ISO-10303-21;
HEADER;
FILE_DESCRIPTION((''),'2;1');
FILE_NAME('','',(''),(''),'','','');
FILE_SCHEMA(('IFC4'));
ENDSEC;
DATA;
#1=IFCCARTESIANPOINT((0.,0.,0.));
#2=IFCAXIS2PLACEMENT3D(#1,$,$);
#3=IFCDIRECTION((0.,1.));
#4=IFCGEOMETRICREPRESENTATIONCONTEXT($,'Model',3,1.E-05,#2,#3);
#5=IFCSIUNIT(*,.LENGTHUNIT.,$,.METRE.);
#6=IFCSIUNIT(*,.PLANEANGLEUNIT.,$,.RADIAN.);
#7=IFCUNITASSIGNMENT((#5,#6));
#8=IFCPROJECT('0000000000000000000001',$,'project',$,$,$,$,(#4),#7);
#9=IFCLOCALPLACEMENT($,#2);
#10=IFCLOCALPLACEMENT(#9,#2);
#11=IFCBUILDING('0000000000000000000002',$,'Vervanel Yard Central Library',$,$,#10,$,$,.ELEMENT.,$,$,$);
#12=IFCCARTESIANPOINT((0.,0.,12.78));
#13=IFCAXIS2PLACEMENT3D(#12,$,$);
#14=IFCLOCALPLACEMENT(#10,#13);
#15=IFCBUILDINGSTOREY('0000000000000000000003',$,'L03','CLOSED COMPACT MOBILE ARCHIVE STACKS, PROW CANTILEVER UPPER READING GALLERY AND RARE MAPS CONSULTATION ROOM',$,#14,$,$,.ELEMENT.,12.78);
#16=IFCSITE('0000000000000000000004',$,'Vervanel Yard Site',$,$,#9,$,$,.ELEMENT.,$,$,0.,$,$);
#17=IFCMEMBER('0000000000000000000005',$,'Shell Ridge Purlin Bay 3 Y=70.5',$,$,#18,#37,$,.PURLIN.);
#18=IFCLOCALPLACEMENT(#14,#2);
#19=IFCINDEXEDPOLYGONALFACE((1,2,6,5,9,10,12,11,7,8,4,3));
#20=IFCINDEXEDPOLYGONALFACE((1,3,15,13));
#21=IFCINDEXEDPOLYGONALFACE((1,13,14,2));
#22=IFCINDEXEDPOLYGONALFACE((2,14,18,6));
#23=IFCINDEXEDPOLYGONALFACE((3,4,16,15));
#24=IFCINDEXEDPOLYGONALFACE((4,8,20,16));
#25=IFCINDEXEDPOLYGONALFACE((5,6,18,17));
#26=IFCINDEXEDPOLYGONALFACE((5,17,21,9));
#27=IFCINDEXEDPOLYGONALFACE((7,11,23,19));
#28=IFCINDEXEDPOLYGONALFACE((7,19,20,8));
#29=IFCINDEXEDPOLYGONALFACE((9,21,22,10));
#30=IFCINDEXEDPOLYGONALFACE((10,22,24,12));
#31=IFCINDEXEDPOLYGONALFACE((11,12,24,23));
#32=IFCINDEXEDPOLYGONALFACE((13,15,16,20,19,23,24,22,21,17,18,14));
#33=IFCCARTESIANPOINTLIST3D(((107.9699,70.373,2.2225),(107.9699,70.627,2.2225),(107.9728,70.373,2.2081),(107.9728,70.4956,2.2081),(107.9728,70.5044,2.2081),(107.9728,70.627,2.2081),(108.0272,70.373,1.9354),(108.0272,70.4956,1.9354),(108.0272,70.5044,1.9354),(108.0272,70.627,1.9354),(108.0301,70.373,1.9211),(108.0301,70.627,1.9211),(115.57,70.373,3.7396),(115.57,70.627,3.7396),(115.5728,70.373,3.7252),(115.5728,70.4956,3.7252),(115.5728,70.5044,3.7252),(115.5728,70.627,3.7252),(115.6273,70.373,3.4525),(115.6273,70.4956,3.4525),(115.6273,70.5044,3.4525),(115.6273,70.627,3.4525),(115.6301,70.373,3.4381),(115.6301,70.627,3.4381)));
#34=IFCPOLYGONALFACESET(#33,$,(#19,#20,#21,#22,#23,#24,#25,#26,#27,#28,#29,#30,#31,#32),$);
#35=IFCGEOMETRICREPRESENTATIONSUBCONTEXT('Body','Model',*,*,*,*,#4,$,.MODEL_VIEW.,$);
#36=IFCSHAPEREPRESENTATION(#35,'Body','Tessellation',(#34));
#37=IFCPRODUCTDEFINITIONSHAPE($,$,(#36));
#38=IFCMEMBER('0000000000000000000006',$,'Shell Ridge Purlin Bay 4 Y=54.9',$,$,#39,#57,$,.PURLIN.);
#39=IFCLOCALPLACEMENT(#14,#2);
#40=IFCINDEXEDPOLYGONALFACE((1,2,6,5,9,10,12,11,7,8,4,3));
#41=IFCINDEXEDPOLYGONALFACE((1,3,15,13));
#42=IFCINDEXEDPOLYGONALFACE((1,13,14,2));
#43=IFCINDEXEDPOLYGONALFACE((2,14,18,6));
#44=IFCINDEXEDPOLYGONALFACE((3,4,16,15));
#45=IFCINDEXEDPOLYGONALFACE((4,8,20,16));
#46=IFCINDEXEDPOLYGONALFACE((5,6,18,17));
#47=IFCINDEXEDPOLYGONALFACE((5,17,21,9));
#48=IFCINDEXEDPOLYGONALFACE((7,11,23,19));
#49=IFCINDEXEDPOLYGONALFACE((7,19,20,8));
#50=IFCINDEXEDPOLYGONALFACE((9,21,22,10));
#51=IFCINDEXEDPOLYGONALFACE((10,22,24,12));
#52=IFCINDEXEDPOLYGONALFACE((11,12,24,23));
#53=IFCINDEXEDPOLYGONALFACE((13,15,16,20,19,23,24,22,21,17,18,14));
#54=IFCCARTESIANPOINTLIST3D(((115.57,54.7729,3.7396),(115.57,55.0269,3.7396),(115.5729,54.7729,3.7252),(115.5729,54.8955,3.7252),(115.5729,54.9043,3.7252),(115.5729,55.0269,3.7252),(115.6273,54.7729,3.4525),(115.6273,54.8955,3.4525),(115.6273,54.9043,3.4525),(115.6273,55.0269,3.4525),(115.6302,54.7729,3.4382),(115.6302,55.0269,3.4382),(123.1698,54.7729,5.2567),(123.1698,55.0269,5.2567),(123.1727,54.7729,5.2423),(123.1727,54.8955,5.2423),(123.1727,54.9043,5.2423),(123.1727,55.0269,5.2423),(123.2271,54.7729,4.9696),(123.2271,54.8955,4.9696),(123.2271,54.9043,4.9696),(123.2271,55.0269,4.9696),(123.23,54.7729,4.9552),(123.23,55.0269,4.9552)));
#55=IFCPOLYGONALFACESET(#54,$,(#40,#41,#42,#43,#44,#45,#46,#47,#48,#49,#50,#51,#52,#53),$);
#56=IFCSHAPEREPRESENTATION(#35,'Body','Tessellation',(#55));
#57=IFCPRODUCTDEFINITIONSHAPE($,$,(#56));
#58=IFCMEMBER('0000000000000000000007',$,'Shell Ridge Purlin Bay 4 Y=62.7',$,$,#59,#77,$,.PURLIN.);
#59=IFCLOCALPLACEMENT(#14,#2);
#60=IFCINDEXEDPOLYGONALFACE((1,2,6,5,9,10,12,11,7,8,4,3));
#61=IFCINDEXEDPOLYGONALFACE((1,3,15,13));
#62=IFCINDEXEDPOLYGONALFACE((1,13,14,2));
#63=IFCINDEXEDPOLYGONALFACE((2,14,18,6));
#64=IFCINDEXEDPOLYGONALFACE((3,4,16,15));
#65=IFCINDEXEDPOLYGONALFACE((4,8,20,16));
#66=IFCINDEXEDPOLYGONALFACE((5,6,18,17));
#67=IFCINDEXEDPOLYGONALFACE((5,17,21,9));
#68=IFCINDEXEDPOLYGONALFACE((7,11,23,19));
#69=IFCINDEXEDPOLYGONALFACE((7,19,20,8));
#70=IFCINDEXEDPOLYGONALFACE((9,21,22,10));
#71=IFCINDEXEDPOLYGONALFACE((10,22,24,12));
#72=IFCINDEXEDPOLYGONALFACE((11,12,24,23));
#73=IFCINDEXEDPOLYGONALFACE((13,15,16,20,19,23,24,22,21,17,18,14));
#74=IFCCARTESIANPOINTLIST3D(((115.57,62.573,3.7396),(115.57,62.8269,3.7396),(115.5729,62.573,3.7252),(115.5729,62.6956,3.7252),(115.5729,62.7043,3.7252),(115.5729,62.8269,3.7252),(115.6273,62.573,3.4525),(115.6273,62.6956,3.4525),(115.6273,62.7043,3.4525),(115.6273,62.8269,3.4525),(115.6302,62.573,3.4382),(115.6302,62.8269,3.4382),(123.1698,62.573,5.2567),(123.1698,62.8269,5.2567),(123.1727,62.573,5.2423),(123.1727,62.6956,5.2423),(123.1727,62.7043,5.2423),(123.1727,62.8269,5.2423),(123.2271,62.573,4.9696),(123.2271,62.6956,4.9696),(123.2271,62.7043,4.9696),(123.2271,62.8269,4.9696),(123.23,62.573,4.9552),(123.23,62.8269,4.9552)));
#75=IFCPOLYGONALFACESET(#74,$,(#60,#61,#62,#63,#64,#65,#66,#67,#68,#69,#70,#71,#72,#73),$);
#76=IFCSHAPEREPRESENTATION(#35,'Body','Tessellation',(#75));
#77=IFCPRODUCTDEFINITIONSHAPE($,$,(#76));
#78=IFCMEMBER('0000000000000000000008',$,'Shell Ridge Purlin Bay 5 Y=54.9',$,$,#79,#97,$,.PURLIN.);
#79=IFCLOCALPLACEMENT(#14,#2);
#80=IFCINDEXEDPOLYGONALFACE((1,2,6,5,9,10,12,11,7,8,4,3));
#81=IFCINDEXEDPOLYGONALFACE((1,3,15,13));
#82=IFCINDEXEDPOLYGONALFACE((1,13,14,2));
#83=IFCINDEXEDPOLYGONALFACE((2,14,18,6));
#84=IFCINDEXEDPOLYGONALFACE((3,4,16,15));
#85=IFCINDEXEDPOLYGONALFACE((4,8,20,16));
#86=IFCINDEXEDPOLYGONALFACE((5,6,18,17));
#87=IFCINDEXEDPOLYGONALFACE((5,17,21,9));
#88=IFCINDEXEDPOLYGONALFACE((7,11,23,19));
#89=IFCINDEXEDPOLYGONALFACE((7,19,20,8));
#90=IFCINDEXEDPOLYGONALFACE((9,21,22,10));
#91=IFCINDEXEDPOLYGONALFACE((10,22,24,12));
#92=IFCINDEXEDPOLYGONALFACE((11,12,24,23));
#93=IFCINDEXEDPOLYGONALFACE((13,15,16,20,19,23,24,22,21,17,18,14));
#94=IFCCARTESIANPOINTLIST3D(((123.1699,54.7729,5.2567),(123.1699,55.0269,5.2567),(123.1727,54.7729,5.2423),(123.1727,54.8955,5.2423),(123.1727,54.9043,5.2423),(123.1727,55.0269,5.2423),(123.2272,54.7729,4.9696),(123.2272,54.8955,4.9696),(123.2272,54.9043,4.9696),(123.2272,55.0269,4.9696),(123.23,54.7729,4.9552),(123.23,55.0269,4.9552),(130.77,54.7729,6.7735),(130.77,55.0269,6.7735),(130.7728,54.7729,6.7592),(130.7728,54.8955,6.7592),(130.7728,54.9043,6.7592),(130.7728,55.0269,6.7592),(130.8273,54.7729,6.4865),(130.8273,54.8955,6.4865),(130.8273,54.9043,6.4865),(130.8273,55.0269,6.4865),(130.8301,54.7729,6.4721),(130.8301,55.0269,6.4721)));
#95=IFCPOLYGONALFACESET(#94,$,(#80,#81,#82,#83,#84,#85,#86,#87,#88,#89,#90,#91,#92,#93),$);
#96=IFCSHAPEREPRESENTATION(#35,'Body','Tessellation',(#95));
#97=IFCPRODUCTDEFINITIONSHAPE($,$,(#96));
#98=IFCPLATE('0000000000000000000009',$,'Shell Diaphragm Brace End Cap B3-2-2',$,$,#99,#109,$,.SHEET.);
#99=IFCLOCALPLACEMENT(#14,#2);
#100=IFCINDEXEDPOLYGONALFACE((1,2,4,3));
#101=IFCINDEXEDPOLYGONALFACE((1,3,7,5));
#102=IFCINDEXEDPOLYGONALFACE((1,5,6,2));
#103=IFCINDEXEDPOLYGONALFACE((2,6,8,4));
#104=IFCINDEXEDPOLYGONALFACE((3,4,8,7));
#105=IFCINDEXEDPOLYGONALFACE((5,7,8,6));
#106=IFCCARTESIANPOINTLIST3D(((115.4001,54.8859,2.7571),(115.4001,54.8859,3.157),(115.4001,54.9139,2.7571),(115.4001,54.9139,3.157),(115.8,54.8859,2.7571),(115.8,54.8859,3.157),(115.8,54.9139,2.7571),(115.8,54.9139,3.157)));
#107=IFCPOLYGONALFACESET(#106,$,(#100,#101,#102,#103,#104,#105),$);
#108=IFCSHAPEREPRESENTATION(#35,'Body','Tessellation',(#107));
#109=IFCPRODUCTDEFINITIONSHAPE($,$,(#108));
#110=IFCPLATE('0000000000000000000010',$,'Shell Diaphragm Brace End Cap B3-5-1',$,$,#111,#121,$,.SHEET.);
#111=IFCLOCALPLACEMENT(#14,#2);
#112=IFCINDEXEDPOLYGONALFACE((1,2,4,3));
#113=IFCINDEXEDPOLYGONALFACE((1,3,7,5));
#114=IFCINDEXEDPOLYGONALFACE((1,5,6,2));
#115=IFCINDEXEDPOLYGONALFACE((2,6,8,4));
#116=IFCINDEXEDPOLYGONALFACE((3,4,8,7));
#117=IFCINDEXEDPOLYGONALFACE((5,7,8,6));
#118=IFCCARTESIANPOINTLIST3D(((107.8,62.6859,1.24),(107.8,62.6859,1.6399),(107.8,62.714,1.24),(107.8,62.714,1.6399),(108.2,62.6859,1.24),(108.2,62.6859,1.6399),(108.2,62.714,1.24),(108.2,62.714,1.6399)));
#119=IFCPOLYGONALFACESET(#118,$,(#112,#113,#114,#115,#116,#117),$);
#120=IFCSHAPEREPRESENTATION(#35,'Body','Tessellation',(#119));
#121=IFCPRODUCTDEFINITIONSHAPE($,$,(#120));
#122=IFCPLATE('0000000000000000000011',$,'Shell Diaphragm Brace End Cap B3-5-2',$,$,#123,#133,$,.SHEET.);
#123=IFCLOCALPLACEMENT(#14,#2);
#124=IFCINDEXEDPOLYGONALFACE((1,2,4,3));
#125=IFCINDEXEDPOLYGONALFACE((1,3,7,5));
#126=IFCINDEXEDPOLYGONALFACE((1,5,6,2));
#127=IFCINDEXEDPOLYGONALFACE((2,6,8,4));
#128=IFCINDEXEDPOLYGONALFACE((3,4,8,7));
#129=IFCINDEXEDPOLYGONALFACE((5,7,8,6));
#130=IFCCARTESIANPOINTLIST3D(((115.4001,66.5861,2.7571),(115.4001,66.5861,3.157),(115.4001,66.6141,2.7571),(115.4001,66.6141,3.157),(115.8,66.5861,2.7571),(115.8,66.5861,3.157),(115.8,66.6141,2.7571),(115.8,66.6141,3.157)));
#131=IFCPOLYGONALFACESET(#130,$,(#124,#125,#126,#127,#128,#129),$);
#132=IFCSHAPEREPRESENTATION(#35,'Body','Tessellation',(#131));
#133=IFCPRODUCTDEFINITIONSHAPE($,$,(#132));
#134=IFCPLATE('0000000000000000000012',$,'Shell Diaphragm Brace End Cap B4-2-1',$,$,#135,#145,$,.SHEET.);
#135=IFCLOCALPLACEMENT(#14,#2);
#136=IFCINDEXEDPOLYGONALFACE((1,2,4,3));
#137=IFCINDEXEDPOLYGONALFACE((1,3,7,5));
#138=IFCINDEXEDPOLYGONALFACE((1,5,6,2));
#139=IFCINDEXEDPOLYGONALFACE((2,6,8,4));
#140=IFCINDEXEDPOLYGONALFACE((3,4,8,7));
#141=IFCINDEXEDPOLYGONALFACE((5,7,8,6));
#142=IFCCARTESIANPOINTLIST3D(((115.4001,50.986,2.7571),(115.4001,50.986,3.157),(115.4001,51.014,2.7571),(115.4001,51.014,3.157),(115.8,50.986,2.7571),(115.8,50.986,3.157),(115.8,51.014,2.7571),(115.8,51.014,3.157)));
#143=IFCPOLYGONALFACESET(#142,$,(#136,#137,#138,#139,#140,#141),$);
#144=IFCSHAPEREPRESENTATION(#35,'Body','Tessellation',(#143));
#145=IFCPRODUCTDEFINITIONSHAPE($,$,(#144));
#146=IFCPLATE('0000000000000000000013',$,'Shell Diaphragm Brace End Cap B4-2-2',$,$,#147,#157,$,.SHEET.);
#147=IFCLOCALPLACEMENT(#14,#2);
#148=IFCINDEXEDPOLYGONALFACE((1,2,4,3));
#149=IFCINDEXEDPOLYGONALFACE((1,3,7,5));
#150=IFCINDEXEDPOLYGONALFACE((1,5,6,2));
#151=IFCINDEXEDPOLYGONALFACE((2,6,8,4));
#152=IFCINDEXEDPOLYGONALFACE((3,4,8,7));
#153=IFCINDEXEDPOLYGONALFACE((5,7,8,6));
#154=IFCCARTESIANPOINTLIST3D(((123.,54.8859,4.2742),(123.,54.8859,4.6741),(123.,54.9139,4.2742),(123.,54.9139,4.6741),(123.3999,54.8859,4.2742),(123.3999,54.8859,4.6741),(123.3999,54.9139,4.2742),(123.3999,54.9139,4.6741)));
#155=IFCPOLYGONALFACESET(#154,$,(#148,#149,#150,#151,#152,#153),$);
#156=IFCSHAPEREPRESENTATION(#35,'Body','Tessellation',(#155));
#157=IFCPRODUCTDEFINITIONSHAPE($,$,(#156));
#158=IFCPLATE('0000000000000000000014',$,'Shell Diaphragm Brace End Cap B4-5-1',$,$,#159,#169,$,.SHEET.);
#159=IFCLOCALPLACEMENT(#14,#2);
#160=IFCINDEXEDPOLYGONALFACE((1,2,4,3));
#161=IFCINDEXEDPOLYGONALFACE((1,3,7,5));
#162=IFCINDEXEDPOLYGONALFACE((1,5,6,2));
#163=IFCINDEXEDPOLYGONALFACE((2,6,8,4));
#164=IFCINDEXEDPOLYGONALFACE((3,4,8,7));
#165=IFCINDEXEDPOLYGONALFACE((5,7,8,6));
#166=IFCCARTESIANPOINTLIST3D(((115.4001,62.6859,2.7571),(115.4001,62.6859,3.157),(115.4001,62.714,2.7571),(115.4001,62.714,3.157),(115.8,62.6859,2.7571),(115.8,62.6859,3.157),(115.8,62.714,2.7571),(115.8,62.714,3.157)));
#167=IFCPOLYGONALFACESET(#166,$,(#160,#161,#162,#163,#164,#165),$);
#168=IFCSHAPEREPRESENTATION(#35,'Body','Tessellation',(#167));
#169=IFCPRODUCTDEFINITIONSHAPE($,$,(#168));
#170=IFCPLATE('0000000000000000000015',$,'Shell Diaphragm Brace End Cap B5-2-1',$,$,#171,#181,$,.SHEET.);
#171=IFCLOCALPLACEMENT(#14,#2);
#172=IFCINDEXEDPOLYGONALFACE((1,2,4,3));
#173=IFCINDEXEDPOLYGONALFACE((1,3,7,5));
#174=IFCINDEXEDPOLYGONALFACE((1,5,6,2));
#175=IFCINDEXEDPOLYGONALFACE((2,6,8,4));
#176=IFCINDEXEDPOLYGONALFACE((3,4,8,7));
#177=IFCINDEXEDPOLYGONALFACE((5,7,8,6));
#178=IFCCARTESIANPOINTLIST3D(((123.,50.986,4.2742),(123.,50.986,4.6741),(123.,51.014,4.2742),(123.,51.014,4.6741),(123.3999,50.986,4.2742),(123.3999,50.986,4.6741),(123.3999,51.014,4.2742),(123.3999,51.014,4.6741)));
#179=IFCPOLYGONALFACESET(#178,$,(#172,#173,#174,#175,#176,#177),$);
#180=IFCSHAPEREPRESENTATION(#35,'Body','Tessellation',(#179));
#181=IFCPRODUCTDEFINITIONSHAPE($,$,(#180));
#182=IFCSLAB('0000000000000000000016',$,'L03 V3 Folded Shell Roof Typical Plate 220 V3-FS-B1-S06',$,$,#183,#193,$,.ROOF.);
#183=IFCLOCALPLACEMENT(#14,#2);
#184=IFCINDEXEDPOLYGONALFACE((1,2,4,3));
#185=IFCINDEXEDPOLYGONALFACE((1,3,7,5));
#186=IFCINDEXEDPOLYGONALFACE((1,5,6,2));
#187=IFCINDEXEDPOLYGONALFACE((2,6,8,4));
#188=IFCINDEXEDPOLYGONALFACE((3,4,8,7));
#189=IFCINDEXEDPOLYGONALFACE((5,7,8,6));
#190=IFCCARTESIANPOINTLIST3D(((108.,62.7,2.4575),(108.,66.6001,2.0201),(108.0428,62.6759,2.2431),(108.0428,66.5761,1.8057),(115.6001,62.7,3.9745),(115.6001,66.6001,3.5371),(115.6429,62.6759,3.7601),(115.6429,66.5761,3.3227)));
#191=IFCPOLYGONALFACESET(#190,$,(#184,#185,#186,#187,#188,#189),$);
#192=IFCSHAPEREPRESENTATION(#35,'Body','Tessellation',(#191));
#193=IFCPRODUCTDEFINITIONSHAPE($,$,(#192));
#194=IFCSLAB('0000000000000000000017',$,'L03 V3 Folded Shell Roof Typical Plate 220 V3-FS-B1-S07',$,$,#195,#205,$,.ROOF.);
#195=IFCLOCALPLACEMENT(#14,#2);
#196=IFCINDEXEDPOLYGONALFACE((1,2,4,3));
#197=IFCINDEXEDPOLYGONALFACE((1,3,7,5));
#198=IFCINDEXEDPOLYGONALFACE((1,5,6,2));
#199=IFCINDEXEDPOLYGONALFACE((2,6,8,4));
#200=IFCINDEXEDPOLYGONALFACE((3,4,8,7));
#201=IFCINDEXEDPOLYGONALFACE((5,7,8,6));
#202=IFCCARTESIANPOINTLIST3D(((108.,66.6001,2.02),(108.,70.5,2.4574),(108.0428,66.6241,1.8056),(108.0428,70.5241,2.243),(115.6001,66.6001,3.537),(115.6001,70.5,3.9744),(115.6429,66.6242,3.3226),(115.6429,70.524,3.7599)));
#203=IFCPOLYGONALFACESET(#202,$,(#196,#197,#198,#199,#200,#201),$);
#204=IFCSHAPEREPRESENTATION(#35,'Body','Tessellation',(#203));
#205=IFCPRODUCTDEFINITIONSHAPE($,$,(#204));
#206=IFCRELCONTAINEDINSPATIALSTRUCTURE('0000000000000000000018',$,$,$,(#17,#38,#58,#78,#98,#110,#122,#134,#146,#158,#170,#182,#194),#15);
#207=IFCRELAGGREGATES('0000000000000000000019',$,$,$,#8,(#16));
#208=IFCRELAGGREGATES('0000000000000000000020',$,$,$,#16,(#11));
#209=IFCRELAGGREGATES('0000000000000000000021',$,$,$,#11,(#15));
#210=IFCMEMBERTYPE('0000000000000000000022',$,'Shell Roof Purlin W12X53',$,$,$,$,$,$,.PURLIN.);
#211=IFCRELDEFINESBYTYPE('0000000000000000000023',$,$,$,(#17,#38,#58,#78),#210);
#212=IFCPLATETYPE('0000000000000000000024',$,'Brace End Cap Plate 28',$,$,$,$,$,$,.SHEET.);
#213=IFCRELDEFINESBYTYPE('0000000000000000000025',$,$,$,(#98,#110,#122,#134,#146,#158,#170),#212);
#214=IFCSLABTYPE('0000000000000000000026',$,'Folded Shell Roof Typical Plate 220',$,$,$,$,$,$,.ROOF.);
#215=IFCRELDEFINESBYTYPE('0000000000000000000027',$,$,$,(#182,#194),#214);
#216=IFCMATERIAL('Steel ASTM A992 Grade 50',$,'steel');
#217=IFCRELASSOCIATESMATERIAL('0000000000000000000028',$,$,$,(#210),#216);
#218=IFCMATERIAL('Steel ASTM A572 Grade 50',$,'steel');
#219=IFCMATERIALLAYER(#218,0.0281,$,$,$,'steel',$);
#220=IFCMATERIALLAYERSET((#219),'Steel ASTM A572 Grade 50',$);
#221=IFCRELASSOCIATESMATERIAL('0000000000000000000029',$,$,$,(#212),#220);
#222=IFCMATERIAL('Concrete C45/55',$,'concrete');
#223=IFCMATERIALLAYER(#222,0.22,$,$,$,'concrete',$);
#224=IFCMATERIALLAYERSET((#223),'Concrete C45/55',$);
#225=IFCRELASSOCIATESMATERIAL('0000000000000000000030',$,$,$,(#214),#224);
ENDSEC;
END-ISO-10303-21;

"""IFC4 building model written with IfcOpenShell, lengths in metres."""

from ifc_helpers import new_model, si_unit, direction, frame, origin, origin_2d, place, context, subcontext, project, spatial, polyline, rectangle, i_section, outline, extrude, material, layer, layer_set, material_profile, profile_set, type_object, element, save


model = new_model("IFC4")

# Units and contexts
model_context = context("Model", 3, precision=1e-05, world=origin(), true_north=direction((0.0, 1.0)))
body_context = subcontext(model_context, "Body", "Model", "MODEL_VIEW")
ifc_project = project(units=[si_unit("LENGTHUNIT", "METRE"), si_unit("PLANEANGLEUNIT", "RADIAN")], contexts=[model_context])

# Site, building, storey
site_placement = place(None, origin())
site = spatial("IfcSite", under=ifc_project, at=site_placement, Name="Vervanel Yard Site", CompositionType="ELEMENT", RefElevation=0.0)
building_placement = place(site_placement, origin())
building = spatial("IfcBuilding", under=site, at=building_placement, Name="Vervanel Yard Central Library", CompositionType="ELEMENT")
storey_placement = place(building_placement, frame((0.0, 0.0, 12.78)))
storey = spatial("IfcBuildingStorey", under=building, at=storey_placement, Name="L03", Description="CLOSED COMPACT MOBILE ARCHIVE STACKS, PROW CANTILEVER UPPER READING GALLERY AND RARE MAPS CONSULTATION ROOM", CompositionType="ELEMENT", Elevation=12.78)

# Shared definitions
ifc_material_1 = material(Name="Concrete C45/55", Category="concrete")

# Members
ifc_material_2 = material(Name="Steel ASTM A992 Grade 50", Category="steel")
ifc_material_profile_1 = material_profile(ifc_material_2, i_section(OverallWidth=0.2539, OverallDepth=0.3074, WebThickness=0.0088, FlangeThickness=0.0146, at=origin_2d()), Name="W12X53", Category="steel")
ifc_profile_set_1 = profile_set([ifc_material_profile_1], Name="Steel ASTM A992 Grade 50")
member_type_1 = type_object("IfcMemberType", Name="Shell Roof Purlin W12X53", PredefinedType="PURLIN", material=ifc_profile_set_1)
for number, where, z_axis, x_axis, name in (
    (1, (108.0, 70.5, 2.0718), (0.980653, 0.0, 0.195753), (0.0, 1.0, 0.0), "Shell Ridge Purlin Bay 3 Y=70.5"),
):
    element("IfcMember", number, at=place(storey_placement, frame(where, z_axis=z_axis, x_axis=x_axis)), inside=storey, type_object=member_type_1, Name=name, PredefinedType="PURLIN", context=body_context, shape_type="SweptSolid", body=[
        extrude(i_section(OverallWidth=0.2539, OverallDepth=0.3074, WebThickness=0.0088, FlangeThickness=0.0146, at=origin_2d()), origin(), (0.0, 0.0, 1.0), 7.75),
    ])
for number, where, z_axis, x_axis, name in (
    (2, (115.6001, 54.8999, 3.5889), (0.980652, 0.0, 0.195759), (0.0, 1.0, 0.0), "Shell Ridge Purlin Bay 4 Y=54.9"),
    (3, (115.6001, 62.7, 3.5889), (0.980652, 0.0, 0.195759), (0.0, 1.0, 0.0), "Shell Ridge Purlin Bay 4 Y=62.7"),
):
    element("IfcMember", number, at=place(storey_placement, frame(where, z_axis=z_axis, x_axis=x_axis)), inside=storey, type_object=member_type_1, Name=name, PredefinedType="PURLIN", context=body_context, shape_type="SweptSolid", body=[
        extrude(i_section(OverallWidth=0.2539, OverallDepth=0.3074, WebThickness=0.0088, FlangeThickness=0.0146, at=origin_2d()), origin(), (0.0, 0.0, 1.0), 7.7498),
    ])
member_1_placement = place(storey_placement, frame((123.2, 54.8999, 5.106), z_axis=(0.980659, 0.0, 0.195722), x_axis=(0.0, 1.0, 0.0)))
element("IfcMember", 4, at=member_1_placement, inside=storey, type_object=member_type_1, Name="Shell Ridge Purlin Bay 5 Y=54.9", PredefinedType="PURLIN", context=body_context, shape_type="SweptSolid", body=[
    extrude(i_section(OverallWidth=0.2539, OverallDepth=0.3074, WebThickness=0.0088, FlangeThickness=0.0146, at=origin_2d()), origin(), (0.0, 0.0, 1.0), 7.75),
])

# Plates
ifc_material_3 = material(Name="Steel ASTM A572 Grade 50", Category="steel")
ifc_layer_1 = layer(ifc_material_3, 0.0281, Category="steel")
ifc_layer_set_1 = layer_set([ifc_layer_1], Name="Steel ASTM A572 Grade 50")
plate_type = type_object("IfcPlateType", Name="Brace End Cap Plate 28", PredefinedType="SHEET", material=ifc_layer_set_1)
for number, where, z_axis, x_axis, name in (
    (5, (115.6001, 54.8999, 2.7571), (0.0, 0.0, 1.0), (1.0, 0.0, 0.0), "Shell Diaphragm Brace End Cap B3-2-2"),
    (6, (108.0, 62.7, 1.24), (0.0, 0.0, 1.0), (1.0, 0.0, 0.0), "Shell Diaphragm Brace End Cap B3-5-1"),
    (7, (115.6001, 66.6001, 2.7571), (0.0, 0.0, 1.0), (1.0, 0.0, 0.0), "Shell Diaphragm Brace End Cap B3-5-2"),
    (8, (115.6001, 51.0, 2.7571), (0.0, 0.0, 1.0), (1.0, 0.0, 0.0), "Shell Diaphragm Brace End Cap B4-2-1"),
    (9, (123.2, 54.8999, 4.2742), (0.0, 0.0, 1.0), (1.0, 0.0, 0.0), "Shell Diaphragm Brace End Cap B4-2-2"),
    (10, (115.6001, 62.7, 2.7571), (0.0, 0.0, 1.0), (1.0, 0.0, 0.0), "Shell Diaphragm Brace End Cap B4-5-1"),
    (11, (123.2, 51.0, 4.2742), (0.0, 0.0, 1.0), (1.0, 0.0, 0.0), "Shell Diaphragm Brace End Cap B5-2-1"),
):
    element("IfcPlate", number, at=place(storey_placement, frame(where, z_axis=z_axis, x_axis=x_axis)), inside=storey, type_object=plate_type, Name=name, PredefinedType="SHEET", context=body_context, shape_type="SweptSolid", body=[
        extrude(rectangle(XDim=0.3999, YDim=0.0281, at=origin_2d()), origin(), (0.0, 0.0, 1.0), 0.3999),
    ])

# Slabs
ifc_layer_2 = layer(ifc_material_1, 0.22, Category="concrete")
ifc_layer_set_2 = layer_set([ifc_layer_2], Name="Concrete C45/55")
slab_type = type_object("IfcSlabType", Name="Folded Shell Roof Typical Plate 220", PredefinedType="ROOF", material=ifc_layer_set_2)
slab_1_placement = place(storey_placement, frame((108.0, 62.7, 2.4575), z_axis=(-0.194564, 0.109316, 0.974779), x_axis=(0.980656, 0.000002, 0.195737)))
element("IfcSlab", 12, at=slab_1_placement, inside=storey, type_object=slab_type, Name="L03 V3 Folded Shell Roof Typical Plate 220 V3-FS-B1-S06", PredefinedType="ROOF", context=body_context, shape_type="SweptSolid", body=[
    extrude(outline(polyline([(0.0, 0.0), (7.75, 0.0), (7.6644, 3.9236), (-0.0856, 3.9237), (0.0, 0.0)])), origin(), (0.0, 0.0, -1.0), 0.22),
])
slab_2_placement = place(storey_placement, frame((108.0, 66.6001, 2.02), z_axis=(-0.194564, -0.109322, 0.974779), x_axis=(0.980656, 0.000002, 0.195738)))
element("IfcSlab", 13, at=slab_2_placement, inside=storey, type_object=slab_type, Name="L03 V3 Folded Shell Roof Typical Plate 220 V3-FS-B1-S07", PredefinedType="ROOF", context=body_context, shape_type="SweptSolid", body=[
    extrude(outline(polyline([(0.0, 0.0), (7.75, 0.0), (7.8356, 3.9234), (0.0856, 3.9234), (0.0, 0.0)])), origin(), (0.0, 0.0, -1.0), 0.22),
])

save(model, "model.ifc")
